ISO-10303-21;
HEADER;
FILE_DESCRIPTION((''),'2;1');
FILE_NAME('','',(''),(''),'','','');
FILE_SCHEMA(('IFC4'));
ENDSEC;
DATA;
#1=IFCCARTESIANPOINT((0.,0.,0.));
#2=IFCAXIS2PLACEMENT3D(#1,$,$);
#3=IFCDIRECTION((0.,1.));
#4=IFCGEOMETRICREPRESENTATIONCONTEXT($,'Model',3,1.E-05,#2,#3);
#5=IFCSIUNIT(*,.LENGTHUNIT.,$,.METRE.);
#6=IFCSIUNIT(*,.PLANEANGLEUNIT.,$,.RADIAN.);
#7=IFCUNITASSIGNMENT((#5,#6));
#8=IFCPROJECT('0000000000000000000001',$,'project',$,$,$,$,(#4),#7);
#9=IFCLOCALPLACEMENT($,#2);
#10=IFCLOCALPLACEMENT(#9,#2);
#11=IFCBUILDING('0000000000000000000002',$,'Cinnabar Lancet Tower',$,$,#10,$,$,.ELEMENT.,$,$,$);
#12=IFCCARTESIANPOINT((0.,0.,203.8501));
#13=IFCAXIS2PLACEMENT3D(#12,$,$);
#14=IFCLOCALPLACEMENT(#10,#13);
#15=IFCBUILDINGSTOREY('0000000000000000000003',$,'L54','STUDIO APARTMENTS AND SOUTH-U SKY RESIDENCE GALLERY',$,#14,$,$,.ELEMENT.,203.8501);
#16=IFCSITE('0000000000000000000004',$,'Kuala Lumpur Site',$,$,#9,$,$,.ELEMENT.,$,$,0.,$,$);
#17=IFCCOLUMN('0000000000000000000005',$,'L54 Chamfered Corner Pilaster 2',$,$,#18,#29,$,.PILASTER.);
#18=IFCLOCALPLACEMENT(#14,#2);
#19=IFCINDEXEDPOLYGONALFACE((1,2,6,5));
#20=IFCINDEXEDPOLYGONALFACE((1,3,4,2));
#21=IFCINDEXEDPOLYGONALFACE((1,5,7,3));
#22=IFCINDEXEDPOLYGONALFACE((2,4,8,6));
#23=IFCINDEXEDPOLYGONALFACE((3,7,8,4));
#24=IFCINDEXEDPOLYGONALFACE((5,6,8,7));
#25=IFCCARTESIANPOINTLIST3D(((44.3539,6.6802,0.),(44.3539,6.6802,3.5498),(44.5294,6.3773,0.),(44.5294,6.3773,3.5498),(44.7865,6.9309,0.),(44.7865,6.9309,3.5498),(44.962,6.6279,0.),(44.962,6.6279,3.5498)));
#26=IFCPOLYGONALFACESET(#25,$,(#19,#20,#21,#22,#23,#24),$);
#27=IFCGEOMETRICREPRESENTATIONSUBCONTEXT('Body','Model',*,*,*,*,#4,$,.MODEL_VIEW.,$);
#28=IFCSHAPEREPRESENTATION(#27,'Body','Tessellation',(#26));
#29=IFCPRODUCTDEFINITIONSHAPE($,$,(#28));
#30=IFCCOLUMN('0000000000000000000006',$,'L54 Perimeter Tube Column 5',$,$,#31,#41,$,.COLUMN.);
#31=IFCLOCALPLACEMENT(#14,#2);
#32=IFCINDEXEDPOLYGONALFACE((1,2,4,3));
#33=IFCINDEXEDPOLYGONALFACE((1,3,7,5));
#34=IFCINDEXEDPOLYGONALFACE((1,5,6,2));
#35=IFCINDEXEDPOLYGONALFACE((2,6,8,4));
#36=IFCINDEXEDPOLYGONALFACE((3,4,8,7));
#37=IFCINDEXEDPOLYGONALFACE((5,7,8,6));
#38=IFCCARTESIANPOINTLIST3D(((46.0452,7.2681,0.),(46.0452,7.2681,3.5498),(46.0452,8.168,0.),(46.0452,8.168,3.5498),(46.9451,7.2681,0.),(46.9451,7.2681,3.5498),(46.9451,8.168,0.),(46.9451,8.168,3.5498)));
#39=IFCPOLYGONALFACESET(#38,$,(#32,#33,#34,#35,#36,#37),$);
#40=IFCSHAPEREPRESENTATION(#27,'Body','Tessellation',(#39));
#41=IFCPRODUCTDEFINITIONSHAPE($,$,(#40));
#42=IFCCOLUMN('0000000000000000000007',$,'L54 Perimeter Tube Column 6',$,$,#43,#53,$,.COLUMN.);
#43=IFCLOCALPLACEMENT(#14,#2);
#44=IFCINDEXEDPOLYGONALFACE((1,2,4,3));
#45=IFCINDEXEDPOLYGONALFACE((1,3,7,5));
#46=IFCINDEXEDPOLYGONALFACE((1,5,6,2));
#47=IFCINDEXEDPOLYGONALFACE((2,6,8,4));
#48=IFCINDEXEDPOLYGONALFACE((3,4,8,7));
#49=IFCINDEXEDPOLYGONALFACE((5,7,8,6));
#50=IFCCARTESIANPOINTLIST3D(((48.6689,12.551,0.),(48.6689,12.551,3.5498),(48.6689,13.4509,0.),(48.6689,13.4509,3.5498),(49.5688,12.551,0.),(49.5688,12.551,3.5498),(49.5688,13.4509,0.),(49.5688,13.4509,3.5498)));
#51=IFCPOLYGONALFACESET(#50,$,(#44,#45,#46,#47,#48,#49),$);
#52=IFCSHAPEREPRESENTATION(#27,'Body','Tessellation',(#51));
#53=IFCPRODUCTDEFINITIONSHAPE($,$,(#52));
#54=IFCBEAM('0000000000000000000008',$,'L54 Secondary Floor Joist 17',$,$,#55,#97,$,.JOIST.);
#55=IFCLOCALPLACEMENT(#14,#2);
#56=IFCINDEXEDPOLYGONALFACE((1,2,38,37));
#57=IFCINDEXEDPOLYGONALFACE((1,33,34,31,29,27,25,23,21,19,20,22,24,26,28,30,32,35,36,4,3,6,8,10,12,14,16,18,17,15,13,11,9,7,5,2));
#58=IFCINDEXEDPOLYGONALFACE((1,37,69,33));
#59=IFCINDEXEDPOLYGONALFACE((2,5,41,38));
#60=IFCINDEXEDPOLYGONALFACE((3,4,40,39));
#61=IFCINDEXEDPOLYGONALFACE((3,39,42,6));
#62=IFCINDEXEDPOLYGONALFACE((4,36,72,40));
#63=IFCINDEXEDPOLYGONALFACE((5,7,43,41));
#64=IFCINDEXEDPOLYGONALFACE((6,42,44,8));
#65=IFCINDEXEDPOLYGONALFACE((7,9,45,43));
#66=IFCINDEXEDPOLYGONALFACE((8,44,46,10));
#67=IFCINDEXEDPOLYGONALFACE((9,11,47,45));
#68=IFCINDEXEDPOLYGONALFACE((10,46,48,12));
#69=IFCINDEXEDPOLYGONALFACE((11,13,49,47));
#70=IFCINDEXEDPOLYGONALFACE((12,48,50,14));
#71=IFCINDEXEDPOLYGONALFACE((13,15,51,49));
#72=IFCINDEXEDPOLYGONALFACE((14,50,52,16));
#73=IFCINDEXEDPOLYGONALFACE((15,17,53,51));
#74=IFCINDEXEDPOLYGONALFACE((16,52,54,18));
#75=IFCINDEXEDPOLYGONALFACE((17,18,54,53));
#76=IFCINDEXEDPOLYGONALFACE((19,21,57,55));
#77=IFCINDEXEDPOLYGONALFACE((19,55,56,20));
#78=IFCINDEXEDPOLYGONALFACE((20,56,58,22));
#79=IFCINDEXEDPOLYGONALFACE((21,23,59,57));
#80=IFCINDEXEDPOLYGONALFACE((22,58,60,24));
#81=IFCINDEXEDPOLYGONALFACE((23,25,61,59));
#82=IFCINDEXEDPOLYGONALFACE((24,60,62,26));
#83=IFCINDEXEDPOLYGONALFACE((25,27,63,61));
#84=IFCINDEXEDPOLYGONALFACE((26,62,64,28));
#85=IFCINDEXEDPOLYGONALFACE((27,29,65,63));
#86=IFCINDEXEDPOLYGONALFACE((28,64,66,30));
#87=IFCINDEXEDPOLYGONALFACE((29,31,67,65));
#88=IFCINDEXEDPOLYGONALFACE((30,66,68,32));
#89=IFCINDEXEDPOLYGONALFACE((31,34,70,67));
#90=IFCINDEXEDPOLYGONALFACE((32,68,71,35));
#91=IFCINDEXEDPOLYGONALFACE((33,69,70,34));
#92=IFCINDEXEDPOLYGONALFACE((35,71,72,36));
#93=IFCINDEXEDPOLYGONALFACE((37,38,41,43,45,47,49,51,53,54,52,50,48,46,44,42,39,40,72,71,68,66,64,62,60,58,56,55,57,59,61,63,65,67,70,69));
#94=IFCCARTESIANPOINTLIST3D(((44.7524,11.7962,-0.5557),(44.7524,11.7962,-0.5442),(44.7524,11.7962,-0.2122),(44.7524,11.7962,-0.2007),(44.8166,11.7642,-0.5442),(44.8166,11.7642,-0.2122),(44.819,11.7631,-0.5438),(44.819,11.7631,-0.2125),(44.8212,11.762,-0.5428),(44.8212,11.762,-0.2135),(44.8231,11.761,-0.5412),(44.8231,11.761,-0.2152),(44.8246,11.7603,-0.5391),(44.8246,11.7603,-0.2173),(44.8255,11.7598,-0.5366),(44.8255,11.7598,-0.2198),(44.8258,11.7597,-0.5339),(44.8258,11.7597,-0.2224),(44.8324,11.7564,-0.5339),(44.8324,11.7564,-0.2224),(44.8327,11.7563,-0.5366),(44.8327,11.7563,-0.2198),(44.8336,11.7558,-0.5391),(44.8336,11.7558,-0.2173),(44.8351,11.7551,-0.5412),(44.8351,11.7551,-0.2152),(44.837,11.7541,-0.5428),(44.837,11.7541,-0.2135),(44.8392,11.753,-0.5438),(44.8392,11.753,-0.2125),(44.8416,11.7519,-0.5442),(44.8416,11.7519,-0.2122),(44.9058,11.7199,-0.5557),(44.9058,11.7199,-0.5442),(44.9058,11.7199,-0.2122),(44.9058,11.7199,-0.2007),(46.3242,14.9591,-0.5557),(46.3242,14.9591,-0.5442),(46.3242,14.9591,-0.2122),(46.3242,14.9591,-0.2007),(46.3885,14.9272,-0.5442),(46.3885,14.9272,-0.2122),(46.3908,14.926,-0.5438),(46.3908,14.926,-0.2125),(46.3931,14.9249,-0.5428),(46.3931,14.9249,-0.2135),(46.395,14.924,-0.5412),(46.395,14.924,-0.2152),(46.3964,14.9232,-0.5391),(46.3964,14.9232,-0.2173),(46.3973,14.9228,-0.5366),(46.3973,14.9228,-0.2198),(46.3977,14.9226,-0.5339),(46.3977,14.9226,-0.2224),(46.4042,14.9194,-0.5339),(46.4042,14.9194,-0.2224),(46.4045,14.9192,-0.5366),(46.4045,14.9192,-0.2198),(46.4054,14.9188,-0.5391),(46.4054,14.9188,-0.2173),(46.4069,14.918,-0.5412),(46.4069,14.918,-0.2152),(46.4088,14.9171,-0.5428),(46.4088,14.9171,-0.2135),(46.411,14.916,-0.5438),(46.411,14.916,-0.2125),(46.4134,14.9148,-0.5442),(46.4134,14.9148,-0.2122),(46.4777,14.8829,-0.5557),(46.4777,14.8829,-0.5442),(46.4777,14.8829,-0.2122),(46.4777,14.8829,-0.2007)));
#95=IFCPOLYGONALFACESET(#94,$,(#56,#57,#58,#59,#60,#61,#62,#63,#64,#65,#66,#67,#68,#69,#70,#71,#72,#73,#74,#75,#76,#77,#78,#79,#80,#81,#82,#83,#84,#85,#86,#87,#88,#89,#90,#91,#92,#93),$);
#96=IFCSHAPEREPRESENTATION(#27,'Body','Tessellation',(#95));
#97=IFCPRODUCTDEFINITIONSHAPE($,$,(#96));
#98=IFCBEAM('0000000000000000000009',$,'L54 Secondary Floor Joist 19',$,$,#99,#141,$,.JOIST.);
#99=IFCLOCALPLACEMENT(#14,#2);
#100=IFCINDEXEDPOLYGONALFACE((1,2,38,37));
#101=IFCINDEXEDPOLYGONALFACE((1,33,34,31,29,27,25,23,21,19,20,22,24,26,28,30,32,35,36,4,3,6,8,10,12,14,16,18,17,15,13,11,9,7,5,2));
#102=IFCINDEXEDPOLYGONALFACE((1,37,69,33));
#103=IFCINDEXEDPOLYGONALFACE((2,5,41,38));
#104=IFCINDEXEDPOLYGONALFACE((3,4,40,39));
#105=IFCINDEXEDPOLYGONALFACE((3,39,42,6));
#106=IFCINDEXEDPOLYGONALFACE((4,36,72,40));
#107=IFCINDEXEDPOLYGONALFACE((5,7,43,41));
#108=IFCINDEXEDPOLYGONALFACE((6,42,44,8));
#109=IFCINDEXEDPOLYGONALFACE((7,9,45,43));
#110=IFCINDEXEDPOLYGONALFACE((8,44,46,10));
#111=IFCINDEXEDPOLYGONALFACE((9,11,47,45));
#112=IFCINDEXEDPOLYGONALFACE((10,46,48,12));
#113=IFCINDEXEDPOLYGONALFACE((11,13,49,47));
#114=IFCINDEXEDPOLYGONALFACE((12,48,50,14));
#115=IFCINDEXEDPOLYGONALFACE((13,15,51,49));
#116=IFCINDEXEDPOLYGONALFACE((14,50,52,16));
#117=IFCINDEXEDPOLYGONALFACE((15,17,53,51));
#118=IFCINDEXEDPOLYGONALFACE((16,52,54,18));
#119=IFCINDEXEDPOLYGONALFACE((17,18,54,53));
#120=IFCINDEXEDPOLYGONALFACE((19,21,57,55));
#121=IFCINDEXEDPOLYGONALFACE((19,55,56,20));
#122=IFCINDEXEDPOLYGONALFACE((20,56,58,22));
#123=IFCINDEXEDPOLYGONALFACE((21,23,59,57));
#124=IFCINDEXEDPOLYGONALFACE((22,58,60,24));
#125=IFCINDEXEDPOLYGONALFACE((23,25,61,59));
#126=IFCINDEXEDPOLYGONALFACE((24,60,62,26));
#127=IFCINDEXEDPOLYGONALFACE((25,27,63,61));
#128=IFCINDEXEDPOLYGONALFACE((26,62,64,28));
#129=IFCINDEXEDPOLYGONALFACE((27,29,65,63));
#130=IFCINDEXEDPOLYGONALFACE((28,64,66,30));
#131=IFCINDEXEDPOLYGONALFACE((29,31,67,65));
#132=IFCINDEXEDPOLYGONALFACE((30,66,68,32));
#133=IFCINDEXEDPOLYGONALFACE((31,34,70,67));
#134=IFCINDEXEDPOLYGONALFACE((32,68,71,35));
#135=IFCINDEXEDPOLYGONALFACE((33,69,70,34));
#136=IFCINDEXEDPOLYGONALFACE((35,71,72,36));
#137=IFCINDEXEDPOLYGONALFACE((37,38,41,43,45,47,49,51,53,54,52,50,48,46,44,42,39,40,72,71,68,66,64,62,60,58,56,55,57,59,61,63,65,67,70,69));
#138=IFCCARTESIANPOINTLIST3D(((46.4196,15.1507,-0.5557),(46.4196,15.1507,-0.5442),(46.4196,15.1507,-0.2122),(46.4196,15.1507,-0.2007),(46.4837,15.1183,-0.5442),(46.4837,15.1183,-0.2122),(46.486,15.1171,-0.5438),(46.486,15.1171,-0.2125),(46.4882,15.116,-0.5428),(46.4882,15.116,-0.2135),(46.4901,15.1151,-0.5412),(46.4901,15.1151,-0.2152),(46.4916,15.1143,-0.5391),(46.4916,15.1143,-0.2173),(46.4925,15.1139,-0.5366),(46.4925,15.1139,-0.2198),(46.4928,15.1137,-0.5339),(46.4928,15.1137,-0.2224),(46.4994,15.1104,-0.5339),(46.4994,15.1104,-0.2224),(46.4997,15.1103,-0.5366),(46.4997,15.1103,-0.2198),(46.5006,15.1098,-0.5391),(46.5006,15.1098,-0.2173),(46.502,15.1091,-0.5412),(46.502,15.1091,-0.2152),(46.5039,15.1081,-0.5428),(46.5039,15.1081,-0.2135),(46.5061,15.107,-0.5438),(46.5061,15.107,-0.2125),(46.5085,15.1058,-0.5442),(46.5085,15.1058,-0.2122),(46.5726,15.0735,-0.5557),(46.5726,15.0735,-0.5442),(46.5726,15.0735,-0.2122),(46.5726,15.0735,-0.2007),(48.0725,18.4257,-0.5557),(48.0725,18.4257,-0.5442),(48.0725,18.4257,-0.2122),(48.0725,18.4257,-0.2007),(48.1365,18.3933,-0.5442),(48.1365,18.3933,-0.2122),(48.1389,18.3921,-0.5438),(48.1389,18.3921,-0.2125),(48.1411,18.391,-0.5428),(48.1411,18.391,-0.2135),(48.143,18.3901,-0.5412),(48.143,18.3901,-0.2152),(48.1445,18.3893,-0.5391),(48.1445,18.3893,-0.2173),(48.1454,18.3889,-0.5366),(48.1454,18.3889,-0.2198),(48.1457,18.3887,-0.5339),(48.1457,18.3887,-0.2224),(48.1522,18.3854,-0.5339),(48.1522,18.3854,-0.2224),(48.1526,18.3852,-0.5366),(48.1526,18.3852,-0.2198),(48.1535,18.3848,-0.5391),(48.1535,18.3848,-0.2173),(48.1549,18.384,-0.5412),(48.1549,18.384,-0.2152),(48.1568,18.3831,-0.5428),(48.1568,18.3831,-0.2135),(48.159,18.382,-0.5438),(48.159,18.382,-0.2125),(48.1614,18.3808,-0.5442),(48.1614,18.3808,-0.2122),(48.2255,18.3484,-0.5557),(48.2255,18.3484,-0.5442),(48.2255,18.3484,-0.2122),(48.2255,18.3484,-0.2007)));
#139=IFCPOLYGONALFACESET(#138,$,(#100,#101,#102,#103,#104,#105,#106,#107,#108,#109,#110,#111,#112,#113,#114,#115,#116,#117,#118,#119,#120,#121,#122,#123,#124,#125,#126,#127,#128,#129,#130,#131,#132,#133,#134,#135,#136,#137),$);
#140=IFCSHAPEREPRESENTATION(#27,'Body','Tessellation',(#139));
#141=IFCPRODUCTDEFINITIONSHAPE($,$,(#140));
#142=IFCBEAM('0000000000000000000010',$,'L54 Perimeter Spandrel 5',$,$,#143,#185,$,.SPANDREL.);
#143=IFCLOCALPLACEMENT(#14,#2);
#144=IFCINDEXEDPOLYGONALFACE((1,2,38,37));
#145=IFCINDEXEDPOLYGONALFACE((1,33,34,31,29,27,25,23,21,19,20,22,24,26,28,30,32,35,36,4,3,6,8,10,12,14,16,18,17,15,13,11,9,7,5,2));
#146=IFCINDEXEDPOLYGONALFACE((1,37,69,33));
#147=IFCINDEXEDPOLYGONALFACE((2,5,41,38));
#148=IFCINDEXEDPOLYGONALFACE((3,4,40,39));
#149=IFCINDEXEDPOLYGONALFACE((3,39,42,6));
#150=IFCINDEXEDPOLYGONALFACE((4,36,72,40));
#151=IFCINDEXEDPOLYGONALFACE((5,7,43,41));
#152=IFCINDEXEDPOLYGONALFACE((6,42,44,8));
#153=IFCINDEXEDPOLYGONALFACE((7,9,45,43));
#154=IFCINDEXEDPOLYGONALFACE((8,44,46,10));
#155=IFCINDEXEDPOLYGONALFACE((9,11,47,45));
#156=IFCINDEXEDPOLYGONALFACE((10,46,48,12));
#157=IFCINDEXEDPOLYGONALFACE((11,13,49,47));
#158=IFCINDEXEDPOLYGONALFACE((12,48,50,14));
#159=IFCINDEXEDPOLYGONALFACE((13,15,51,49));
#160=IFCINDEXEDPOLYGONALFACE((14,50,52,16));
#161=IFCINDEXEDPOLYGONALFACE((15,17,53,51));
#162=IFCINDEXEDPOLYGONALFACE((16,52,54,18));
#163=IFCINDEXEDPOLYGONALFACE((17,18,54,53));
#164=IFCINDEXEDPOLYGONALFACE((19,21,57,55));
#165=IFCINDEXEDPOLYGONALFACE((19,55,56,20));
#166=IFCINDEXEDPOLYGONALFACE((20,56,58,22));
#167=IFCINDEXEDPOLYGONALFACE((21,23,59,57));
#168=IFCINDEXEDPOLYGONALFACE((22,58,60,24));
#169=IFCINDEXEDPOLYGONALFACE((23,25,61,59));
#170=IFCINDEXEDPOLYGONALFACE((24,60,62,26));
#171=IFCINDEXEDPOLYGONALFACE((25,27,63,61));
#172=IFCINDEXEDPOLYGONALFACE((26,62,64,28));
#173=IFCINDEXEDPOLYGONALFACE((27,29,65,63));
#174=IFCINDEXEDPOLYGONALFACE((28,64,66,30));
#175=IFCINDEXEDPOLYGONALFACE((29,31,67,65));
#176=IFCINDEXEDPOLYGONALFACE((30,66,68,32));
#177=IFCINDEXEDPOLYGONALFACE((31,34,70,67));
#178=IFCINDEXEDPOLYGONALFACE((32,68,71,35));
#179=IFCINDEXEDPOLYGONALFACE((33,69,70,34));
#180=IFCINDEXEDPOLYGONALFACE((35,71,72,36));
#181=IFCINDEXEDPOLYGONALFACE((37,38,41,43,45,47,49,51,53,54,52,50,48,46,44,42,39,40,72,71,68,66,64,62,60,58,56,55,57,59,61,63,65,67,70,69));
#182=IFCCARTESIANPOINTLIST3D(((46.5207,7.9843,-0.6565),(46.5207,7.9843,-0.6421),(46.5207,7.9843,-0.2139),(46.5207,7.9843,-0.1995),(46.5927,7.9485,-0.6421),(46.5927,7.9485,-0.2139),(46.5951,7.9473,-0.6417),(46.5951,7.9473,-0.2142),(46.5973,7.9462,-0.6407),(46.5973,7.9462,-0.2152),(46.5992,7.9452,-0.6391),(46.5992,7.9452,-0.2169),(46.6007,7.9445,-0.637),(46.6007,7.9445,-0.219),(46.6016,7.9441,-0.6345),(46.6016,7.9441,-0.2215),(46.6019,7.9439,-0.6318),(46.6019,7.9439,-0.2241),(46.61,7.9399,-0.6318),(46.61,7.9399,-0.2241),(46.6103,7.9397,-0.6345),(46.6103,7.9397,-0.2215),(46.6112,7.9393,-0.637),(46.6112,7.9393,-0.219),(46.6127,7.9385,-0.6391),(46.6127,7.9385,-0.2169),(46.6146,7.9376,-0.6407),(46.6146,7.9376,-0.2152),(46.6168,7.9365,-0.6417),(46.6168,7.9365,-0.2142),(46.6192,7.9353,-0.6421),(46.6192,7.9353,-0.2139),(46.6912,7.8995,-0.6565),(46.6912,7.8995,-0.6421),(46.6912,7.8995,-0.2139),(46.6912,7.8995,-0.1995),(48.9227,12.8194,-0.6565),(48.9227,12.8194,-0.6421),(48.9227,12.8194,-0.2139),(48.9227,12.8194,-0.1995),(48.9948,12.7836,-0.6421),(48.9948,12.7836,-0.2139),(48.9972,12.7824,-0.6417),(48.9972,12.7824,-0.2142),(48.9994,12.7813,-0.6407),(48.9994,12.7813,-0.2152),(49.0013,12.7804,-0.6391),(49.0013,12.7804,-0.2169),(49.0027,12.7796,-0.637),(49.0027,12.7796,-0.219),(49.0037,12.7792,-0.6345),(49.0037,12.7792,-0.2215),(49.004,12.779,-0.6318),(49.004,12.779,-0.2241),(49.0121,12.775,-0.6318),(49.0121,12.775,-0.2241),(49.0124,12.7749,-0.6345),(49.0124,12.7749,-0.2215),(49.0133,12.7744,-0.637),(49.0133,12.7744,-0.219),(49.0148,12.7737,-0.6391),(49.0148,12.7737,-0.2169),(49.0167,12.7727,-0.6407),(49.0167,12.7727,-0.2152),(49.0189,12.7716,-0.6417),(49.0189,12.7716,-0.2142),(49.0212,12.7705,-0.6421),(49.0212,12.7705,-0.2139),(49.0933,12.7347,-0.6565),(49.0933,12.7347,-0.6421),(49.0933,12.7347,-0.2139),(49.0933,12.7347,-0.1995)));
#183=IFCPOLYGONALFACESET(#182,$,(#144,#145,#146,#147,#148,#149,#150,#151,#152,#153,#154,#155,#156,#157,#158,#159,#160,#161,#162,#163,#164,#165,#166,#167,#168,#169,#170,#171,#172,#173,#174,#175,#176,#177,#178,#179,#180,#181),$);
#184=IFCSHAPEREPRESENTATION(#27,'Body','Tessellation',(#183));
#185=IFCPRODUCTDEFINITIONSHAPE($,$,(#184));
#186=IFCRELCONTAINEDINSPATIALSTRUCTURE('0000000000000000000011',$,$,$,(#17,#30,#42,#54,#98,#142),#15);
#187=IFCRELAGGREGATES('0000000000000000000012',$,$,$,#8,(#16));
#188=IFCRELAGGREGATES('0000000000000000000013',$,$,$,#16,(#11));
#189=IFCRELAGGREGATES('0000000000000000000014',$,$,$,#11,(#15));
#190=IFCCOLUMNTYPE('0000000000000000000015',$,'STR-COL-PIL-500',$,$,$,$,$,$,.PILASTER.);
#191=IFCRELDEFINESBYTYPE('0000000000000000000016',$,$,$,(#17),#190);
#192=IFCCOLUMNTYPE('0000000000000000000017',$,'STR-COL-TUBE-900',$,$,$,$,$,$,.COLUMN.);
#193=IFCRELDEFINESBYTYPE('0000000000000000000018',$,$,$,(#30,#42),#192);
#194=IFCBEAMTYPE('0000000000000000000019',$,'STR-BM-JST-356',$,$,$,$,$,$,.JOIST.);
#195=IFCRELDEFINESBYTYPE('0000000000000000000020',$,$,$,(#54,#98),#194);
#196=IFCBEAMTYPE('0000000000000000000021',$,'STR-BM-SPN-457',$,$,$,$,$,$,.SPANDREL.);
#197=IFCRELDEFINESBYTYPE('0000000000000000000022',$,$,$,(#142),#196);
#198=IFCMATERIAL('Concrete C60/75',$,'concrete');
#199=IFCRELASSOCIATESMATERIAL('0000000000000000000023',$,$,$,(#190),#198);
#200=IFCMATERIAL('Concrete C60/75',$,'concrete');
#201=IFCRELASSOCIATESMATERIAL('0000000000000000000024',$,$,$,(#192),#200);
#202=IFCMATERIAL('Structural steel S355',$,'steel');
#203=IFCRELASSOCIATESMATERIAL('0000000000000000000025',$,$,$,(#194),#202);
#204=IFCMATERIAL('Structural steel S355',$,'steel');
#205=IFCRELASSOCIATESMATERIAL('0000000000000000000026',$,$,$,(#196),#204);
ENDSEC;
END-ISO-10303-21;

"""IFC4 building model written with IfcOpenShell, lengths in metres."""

from ifc_helpers import new_model, si_unit, direction, frame, origin, origin_2d, place, context, subcontext, project, spatial, rectangle, i_section, extrude, material, material_profile, profile_set, type_object, element, save


model = new_model("IFC4")

# Units and contexts
model_context = context("Model", 3, precision=1e-05, world=origin(), true_north=direction((0.0, 1.0)))
body_context = subcontext(model_context, "Body", "Model", "MODEL_VIEW")
ifc_project = project(units=[si_unit("LENGTHUNIT", "METRE"), si_unit("PLANEANGLEUNIT", "RADIAN")], contexts=[model_context])

# Site, building, storey
site_placement = place(None, origin())
site = spatial("IfcSite", under=ifc_project, at=site_placement, Name="Kuala Lumpur Site", CompositionType="ELEMENT", RefElevation=0.0)
building_placement = place(site_placement, origin())
building = spatial("IfcBuilding", under=site, at=building_placement, Name="Cinnabar Lancet Tower", CompositionType="ELEMENT")
storey_placement = place(building_placement, frame((0.0, 0.0, 203.8501)))
storey = spatial("IfcBuildingStorey", under=building, at=storey_placement, Name="L54", Description="STUDIO APARTMENTS AND SOUTH-U SKY RESIDENCE GALLERY", CompositionType="ELEMENT", Elevation=203.8501)

# Columns
ifc_material_1 = material(Name="Concrete C60/75", Category="concrete")
ifc_material_profile_1 = material_profile(ifc_material_1, rectangle(XDim=0.5, YDim=0.3501, at=origin_2d()), Name="RC-PIL 500x350")
ifc_profile_set_1 = profile_set([ifc_material_profile_1], Name="Concrete C60/75")
column_type_1 = type_object("IfcColumnType", Name="STR-COL-PIL-500", PredefinedType="PILASTER", material=ifc_profile_set_1)
column_placement = place(storey_placement, frame((44.658, 6.6541, 0.0), z_axis=(0.0, 0.0, 1.0), x_axis=(0.86523, 0.501375, 0.0)))
element("IfcColumn", 1, at=column_placement, inside=storey, type_object=column_type_1, Name="L54 Chamfered Corner Pilaster 2", PredefinedType="PILASTER", context=body_context, shape_type="SweptSolid", body=[
    extrude(rectangle(XDim=0.5, YDim=0.3501, at=origin_2d()), origin(), (0.0, 0.0, 1.0), 3.5498),
])
ifc_material_2 = material(Name="Concrete C60/75", Category="concrete")
ifc_material_profile_2 = material_profile(ifc_material_2, rectangle(XDim=0.8999, YDim=0.8999, at=origin_2d()), Name="RC-COL 900x900")
ifc_profile_set_2 = profile_set([ifc_material_profile_2], Name="Concrete C60/75")
column_type_2 = type_object("IfcColumnType", Name="STR-COL-TUBE-900", PredefinedType="COLUMN", material=ifc_profile_set_2)
for number, where, z_axis, x_axis, name in (
    (2, (46.4951, 7.718, 0.0), (0.0, 0.0, 1.0), (1.0, 0.0, 0.0), "L54 Perimeter Tube Column 5"),
    (3, (49.1189, 13.001, 0.0), (0.0, 0.0, 1.0), (1.0, 0.0, 0.0), "L54 Perimeter Tube Column 6"),
):
    element("IfcColumn", number, at=place(storey_placement, frame(where, z_axis=z_axis, x_axis=x_axis)), inside=storey, type_object=column_type_2, Name=name, PredefinedType="COLUMN", context=body_context, shape_type="SweptSolid", body=[
        extrude(rectangle(XDim=0.8999, YDim=0.8999, at=origin_2d()), origin(), (0.0, 0.0, 1.0), 3.5498),
    ])

# Beams
ifc_material_3 = material(Name="Structural steel S355", Category="steel")
ifc_material_profile_3 = material_profile(ifc_material_3, i_section(OverallWidth=0.1714, OverallDepth=0.355, WebThickness=0.0073, FlangeThickness=0.0115, FilletRadius=0.0103, at=origin_2d()), Name="UKB 356x171x51")
ifc_profile_set_3 = profile_set([ifc_material_profile_3], Name="Structural steel S355")
beam_type_1 = type_object("IfcBeamType", Name="STR-BM-JST-356", PredefinedType="JOIST", material=ifc_profile_set_3)
beam_1_placement = place(storey_placement, frame((44.8291, 11.7581, -0.3782), z_axis=(0.445028, 0.895517, 0.0), x_axis=(-0.895517, 0.445028, 0.0)))
element("IfcBeam", 4, at=beam_1_placement, inside=storey, type_object=beam_type_1, Name="L54 Secondary Floor Joist 17", PredefinedType="JOIST", context=body_context, shape_type="SweptSolid", body=[
    extrude(i_section(OverallWidth=0.1714, OverallDepth=0.355, WebThickness=0.0073, FlangeThickness=0.0115, FilletRadius=0.0103, at=origin_2d()), origin(), (0.0, 0.0, 1.0), 3.532),
])
beam_2_placement = place(storey_placement, frame((46.4961, 15.1121, -0.3782), z_axis=(0.450565, 0.892744, 0.0), x_axis=(-0.892744, 0.450565, 0.0)))
element("IfcBeam", 5, at=beam_2_placement, inside=storey, type_object=beam_type_1, Name="L54 Secondary Floor Joist 19", PredefinedType="JOIST", context=body_context, shape_type="SweptSolid", body=[
    extrude(i_section(OverallWidth=0.1714, OverallDepth=0.355, WebThickness=0.0073, FlangeThickness=0.0115, FilletRadius=0.0103, at=origin_2d()), origin(), (0.0, 0.0, 1.0), 3.6685),
])
ifc_material_4 = material(Name="Structural steel S355", Category="steel")
ifc_material_profile_4 = material_profile(ifc_material_4, i_section(OverallWidth=0.1904, OverallDepth=0.457, WebThickness=0.009, FlangeThickness=0.0144, FilletRadius=0.0103, at=origin_2d()), Name="UKB 457x191x74")
ifc_profile_set_4 = profile_set([ifc_material_profile_4], Name="Structural steel S355")
beam_type_2 = type_object("IfcBeamType", Name="STR-BM-SPN-457", PredefinedType="SPANDREL", material=ifc_profile_set_4)
beam_3_placement = place(storey_placement, frame((46.606, 7.9419, -0.428), z_axis=(0.444915, 0.895573, 0.0), x_axis=(-0.895573, 0.444915, 0.0)))
element("IfcBeam", 6, at=beam_3_placement, inside=storey, type_object=beam_type_2, Name="L54 Perimeter Spandrel 5", PredefinedType="SPANDREL", context=body_context, shape_type="SweptSolid", body=[
    extrude(i_section(OverallWidth=0.1904, OverallDepth=0.457, WebThickness=0.009, FlangeThickness=0.0144, FilletRadius=0.0103, at=origin_2d()), origin(), (0.0, 0.0, 1.0), 5.3989),
])

save(model, "model.ifc")
